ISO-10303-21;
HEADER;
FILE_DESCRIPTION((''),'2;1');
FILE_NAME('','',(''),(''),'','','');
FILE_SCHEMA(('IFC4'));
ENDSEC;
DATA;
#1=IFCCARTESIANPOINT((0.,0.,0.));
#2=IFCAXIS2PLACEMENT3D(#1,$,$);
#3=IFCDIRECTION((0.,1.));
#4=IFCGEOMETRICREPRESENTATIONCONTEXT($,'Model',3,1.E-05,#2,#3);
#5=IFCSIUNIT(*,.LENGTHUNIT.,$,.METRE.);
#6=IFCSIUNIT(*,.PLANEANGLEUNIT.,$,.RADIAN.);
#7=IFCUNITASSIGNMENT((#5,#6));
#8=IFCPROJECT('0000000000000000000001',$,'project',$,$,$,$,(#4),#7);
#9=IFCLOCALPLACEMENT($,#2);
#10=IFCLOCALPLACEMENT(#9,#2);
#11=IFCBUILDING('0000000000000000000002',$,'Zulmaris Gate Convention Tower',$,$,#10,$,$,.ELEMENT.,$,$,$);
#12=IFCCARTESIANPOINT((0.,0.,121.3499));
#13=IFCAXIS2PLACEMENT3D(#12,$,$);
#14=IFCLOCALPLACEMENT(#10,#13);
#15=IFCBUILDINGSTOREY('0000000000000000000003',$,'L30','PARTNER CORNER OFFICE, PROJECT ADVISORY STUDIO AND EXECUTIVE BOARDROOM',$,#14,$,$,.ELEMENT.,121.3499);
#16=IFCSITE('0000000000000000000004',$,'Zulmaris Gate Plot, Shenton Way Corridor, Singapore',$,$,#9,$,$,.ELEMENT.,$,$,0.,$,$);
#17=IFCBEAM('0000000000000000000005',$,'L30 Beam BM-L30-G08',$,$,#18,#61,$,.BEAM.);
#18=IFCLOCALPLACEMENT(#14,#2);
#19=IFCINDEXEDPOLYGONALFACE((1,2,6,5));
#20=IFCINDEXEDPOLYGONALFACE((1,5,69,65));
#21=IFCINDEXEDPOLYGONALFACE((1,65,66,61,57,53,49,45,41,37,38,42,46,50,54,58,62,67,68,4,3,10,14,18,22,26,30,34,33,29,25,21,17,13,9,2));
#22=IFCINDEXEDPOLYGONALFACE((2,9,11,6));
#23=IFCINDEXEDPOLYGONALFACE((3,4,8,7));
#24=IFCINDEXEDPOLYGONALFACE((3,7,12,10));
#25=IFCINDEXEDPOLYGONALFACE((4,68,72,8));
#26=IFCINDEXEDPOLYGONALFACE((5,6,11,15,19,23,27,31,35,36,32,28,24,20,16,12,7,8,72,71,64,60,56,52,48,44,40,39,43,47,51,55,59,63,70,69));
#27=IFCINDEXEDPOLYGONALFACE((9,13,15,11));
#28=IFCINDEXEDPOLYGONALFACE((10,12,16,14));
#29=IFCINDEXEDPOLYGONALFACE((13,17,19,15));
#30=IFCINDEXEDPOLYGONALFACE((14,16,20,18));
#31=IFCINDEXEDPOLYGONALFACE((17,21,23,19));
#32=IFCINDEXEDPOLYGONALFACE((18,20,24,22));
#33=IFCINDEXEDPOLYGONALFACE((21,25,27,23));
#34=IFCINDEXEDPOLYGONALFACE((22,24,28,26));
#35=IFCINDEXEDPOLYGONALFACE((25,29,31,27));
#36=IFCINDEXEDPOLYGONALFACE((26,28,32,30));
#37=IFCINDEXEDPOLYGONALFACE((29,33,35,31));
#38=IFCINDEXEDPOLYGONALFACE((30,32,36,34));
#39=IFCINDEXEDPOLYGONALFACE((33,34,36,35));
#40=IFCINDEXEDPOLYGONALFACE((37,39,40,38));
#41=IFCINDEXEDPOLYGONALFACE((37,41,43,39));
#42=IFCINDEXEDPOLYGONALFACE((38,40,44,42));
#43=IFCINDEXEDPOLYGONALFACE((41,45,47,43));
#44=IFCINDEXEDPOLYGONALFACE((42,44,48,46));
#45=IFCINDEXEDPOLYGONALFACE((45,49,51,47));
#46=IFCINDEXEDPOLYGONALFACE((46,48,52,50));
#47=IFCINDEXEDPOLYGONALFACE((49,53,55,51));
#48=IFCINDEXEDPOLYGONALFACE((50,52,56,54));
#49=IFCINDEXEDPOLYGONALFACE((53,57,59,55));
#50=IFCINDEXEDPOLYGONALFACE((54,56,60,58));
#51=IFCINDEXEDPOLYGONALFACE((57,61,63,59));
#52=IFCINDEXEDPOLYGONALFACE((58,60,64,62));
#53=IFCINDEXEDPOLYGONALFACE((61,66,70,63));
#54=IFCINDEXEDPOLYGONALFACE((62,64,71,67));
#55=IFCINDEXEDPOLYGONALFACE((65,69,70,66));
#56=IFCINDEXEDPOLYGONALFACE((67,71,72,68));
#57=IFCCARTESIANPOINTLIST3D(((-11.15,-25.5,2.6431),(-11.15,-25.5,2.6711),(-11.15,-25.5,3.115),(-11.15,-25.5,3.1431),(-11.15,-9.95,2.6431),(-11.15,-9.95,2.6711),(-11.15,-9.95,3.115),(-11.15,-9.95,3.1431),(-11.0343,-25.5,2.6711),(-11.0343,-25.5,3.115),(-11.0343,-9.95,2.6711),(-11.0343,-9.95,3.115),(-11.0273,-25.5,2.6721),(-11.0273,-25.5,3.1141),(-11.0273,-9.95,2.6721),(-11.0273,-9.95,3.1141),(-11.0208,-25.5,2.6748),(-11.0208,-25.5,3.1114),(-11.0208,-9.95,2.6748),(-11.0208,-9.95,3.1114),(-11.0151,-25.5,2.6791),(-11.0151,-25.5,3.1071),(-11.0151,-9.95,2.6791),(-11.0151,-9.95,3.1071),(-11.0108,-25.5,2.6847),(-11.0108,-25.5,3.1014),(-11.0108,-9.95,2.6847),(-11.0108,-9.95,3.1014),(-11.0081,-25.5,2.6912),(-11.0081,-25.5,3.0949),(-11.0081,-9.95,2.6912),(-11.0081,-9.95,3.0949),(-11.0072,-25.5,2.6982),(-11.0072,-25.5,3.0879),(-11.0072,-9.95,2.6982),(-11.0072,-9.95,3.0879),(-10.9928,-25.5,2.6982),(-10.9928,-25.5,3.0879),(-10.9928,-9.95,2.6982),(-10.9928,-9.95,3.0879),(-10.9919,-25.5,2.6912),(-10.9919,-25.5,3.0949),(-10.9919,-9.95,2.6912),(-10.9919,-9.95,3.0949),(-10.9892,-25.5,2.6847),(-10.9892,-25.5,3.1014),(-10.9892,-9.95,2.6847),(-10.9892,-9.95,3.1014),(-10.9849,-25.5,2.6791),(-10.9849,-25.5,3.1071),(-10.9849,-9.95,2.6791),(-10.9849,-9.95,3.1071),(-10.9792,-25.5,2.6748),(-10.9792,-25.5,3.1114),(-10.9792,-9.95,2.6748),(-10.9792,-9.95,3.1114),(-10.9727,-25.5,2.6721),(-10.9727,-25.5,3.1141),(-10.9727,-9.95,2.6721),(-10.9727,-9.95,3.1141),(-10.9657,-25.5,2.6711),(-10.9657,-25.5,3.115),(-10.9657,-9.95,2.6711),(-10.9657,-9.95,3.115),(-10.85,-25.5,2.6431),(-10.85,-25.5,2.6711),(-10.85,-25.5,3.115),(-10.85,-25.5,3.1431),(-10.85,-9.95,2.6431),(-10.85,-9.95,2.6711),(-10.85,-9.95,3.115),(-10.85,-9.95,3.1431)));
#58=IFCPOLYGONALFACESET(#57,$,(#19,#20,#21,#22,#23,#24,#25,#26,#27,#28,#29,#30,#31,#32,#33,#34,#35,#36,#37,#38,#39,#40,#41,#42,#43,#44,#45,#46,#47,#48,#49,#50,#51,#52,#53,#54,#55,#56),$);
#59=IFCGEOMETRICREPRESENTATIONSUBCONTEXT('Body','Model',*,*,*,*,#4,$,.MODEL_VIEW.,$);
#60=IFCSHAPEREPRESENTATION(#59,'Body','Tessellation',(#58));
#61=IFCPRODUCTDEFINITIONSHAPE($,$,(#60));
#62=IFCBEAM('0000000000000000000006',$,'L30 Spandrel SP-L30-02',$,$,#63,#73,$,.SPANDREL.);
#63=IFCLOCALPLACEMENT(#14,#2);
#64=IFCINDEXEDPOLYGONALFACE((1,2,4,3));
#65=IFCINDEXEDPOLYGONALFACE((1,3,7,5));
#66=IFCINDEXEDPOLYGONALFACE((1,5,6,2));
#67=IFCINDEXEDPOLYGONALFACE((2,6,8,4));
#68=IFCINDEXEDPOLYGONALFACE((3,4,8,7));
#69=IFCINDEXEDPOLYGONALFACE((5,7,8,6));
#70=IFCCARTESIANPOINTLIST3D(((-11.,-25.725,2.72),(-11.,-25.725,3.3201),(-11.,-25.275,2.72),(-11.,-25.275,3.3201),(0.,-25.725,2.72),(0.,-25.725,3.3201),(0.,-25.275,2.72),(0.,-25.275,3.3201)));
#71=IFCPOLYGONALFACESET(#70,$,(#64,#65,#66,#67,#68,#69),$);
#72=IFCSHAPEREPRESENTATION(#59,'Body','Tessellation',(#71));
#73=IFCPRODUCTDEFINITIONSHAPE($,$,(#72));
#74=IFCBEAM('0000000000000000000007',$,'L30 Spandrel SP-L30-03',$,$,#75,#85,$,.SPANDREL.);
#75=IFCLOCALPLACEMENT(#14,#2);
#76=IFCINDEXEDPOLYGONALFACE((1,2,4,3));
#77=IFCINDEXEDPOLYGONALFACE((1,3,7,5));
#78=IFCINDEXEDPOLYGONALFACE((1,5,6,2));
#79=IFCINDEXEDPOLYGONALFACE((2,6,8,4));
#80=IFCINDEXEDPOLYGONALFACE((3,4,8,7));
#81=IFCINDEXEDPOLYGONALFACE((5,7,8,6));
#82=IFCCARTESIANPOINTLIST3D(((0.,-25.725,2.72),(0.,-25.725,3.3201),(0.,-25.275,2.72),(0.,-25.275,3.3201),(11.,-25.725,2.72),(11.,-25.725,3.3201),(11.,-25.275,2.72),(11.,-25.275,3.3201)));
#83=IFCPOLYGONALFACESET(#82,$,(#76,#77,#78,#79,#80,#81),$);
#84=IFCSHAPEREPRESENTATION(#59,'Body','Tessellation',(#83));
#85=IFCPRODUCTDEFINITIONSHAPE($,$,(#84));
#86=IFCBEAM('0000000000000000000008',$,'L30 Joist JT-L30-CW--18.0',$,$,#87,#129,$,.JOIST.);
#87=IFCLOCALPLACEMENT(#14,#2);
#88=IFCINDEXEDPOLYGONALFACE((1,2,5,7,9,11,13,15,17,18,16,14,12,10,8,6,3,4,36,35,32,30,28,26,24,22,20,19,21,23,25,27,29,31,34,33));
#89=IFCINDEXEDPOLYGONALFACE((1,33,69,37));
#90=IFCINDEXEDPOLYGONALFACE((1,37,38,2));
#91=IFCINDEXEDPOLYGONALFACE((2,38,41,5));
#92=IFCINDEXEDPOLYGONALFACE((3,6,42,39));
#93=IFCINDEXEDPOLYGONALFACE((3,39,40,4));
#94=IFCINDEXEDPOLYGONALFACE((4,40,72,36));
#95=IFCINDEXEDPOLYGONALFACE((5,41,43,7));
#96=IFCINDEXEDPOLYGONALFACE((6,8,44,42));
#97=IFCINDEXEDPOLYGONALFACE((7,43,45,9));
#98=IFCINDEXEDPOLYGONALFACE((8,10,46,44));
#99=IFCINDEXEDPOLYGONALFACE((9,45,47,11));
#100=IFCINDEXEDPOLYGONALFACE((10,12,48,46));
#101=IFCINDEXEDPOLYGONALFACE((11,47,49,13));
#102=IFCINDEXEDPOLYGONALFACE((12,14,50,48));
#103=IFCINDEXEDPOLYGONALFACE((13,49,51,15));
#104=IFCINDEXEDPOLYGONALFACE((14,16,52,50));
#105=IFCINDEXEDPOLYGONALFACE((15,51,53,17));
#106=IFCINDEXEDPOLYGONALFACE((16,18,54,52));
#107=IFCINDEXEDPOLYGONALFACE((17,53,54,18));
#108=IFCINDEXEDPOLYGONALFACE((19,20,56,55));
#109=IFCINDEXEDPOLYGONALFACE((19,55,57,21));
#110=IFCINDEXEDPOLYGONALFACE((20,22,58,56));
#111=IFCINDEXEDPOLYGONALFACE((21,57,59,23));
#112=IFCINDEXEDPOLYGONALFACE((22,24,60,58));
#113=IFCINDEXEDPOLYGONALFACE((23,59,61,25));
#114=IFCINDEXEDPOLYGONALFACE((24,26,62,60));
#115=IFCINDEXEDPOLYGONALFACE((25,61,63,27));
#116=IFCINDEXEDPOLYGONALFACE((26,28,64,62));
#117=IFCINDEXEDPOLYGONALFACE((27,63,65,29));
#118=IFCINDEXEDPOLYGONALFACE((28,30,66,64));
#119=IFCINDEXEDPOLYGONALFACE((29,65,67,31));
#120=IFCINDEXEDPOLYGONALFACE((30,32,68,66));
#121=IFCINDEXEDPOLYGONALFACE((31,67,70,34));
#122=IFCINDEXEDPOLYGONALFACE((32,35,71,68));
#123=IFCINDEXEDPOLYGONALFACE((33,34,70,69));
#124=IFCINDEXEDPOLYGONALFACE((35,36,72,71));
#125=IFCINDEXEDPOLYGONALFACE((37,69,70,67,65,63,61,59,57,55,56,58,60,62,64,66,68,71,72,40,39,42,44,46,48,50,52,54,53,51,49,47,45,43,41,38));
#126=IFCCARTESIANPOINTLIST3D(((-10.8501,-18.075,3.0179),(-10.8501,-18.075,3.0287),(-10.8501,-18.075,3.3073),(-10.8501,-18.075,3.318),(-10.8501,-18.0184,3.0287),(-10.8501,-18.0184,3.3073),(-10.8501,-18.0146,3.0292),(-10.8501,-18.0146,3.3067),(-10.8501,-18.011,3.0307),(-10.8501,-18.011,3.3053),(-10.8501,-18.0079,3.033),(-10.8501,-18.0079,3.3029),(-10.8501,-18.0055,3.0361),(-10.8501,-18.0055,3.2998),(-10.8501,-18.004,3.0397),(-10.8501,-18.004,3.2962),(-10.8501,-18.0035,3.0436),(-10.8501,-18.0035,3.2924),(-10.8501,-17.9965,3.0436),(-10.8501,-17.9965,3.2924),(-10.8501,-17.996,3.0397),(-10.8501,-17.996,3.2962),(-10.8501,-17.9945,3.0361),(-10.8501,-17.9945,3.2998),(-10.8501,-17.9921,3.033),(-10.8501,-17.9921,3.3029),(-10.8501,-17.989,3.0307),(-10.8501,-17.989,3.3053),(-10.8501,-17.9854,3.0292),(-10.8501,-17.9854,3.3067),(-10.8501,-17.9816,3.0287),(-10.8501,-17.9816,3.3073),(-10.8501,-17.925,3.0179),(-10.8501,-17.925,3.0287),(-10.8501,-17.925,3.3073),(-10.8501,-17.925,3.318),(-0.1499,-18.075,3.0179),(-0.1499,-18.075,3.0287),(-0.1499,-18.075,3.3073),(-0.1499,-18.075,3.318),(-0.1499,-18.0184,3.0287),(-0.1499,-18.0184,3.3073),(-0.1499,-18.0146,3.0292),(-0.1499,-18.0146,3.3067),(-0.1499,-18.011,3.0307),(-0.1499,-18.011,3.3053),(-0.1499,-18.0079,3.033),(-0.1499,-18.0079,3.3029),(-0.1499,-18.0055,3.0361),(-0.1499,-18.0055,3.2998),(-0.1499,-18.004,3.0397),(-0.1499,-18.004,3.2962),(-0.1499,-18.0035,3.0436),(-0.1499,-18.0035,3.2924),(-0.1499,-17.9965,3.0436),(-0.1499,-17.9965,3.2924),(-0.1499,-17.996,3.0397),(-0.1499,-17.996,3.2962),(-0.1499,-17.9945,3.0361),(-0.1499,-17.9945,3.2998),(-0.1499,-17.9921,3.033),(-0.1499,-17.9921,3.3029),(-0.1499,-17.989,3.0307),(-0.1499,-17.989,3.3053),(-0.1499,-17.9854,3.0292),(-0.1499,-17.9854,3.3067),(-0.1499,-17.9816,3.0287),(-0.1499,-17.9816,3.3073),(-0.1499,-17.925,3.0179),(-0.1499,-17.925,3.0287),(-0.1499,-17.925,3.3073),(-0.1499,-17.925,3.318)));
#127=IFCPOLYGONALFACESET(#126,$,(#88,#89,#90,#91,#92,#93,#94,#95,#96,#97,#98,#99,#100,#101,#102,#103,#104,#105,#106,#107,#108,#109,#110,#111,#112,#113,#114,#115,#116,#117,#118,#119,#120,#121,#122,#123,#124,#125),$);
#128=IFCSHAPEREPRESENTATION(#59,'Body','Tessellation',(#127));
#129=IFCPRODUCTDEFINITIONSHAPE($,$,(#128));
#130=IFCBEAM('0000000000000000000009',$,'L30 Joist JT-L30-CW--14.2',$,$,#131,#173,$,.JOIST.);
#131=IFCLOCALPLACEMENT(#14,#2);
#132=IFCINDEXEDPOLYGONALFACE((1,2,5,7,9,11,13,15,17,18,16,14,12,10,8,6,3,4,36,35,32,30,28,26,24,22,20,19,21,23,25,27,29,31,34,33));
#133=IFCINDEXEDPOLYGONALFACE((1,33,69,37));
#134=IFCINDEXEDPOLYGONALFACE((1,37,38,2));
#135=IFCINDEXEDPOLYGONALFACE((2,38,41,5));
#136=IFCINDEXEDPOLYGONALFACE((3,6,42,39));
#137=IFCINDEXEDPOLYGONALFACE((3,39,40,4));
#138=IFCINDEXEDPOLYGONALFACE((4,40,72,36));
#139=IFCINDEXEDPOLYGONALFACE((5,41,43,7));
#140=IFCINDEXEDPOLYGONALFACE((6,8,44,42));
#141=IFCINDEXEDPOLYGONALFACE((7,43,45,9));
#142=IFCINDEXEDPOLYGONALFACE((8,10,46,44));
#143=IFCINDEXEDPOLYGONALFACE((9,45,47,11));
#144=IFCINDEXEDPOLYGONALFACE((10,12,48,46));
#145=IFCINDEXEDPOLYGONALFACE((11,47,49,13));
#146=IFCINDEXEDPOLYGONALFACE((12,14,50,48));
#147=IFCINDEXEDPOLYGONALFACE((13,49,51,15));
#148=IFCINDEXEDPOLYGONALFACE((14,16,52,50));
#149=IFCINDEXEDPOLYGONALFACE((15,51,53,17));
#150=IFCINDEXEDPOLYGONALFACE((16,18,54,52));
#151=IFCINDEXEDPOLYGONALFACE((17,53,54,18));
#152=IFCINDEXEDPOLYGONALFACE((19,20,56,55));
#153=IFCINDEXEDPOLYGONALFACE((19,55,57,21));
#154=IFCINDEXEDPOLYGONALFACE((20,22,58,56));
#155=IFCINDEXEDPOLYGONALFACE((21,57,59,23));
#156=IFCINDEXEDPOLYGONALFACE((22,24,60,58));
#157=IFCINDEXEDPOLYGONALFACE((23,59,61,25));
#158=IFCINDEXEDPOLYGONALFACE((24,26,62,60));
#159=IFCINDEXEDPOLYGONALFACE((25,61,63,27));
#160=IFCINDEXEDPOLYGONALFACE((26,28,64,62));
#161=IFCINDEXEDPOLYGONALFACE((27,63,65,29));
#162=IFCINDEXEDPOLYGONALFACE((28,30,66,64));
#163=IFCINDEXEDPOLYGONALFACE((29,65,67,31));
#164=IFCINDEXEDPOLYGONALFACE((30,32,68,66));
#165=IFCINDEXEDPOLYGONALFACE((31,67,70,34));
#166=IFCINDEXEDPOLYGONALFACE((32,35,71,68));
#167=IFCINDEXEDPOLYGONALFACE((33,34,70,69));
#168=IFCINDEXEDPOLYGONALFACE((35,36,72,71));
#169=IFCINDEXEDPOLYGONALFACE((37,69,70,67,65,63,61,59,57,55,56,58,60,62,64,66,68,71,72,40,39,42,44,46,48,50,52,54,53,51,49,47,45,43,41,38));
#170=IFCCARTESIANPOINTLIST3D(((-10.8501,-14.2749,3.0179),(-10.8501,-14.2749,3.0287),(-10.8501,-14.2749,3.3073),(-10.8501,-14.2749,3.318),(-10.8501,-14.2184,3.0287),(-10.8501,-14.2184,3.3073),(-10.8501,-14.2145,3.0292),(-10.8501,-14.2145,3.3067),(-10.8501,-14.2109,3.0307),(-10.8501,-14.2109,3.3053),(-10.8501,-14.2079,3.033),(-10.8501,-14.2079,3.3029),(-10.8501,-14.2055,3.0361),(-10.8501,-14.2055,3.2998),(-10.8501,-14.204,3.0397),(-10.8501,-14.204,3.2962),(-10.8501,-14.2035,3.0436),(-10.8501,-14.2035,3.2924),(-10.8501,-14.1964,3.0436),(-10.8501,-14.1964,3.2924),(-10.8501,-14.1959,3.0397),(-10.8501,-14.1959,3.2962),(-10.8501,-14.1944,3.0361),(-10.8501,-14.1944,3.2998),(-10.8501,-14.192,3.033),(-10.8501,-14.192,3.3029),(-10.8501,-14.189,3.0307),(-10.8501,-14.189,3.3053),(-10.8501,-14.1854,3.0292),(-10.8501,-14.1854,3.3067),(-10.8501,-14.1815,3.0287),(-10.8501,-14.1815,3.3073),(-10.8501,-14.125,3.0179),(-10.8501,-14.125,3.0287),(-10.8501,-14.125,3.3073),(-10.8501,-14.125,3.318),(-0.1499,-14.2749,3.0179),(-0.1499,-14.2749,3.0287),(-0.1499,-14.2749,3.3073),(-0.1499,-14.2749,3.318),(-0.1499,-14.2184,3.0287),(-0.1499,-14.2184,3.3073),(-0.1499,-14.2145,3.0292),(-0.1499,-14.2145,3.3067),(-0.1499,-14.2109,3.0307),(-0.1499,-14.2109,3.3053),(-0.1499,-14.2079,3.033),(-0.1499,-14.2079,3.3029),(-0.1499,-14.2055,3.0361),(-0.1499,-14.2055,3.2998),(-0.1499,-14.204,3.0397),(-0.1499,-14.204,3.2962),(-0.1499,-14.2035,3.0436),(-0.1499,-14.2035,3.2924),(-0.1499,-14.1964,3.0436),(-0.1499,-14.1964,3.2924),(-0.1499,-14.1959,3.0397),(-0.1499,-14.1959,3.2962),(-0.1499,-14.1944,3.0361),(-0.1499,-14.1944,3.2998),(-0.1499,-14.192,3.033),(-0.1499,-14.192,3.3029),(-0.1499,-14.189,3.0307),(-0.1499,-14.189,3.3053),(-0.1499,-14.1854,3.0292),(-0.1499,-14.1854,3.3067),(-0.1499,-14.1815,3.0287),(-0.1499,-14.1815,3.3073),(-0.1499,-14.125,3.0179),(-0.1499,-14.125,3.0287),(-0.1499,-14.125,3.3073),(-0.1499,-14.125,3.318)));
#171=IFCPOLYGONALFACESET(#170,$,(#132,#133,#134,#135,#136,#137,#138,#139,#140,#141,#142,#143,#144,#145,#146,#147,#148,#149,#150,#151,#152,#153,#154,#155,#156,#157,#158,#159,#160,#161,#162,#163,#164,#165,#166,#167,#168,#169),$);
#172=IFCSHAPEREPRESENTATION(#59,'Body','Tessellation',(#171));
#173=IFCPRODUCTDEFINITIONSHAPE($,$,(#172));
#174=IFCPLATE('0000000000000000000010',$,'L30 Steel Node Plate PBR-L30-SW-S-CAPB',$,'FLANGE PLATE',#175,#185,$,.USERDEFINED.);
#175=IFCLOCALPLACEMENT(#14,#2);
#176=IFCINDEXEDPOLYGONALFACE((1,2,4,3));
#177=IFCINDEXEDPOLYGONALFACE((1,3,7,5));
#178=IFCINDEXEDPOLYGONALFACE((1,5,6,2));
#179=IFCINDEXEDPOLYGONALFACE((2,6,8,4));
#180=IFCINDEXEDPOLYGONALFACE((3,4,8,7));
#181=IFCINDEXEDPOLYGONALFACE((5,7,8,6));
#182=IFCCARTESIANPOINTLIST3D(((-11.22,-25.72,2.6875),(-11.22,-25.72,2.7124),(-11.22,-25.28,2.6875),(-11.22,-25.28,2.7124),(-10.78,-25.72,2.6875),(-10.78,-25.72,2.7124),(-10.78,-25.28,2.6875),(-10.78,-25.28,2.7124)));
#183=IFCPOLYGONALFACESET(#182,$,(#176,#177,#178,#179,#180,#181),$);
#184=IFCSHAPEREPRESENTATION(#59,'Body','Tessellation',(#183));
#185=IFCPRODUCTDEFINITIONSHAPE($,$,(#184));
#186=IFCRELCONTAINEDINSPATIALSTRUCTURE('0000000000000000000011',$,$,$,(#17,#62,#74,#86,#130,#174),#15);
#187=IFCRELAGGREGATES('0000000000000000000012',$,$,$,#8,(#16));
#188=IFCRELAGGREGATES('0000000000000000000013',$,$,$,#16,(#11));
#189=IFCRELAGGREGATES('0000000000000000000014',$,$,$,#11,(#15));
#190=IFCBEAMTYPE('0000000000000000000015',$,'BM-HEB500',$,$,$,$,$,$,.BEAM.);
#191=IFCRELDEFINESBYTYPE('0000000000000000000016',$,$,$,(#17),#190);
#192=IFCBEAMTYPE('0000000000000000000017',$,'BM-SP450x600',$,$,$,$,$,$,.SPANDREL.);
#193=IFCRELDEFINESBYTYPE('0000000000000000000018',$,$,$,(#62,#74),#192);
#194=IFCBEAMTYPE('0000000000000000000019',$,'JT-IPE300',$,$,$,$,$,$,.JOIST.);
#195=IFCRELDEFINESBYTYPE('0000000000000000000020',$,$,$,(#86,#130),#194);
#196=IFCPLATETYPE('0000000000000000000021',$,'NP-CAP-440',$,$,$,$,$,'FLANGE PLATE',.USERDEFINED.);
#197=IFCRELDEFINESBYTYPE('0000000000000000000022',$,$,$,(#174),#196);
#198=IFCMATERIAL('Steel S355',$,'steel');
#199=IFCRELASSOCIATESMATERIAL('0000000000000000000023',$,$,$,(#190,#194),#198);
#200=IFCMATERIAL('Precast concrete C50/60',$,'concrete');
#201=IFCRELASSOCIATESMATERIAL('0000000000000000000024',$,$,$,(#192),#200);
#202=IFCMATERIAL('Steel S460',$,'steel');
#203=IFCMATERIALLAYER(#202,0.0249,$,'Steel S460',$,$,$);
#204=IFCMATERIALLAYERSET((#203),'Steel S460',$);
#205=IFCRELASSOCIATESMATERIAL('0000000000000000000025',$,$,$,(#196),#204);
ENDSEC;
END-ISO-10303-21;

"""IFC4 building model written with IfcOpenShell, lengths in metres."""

from ifc_helpers import new_model, si_unit, direction, frame, origin, origin_2d, place, context, subcontext, project, spatial, rectangle, i_section, extrude, material, layer, layer_set, material_profile, profile_set, type_object, element, save


model = new_model("IFC4")

# Units and contexts
model_context = context("Model", 3, precision=1e-05, world=origin(), true_north=direction((0.0, 1.0)))
body_context = subcontext(model_context, "Body", "Model", "MODEL_VIEW")
ifc_project = project(units=[si_unit("LENGTHUNIT", "METRE"), si_unit("PLANEANGLEUNIT", "RADIAN")], contexts=[model_context])

# Site, building, storey
site_placement = place(None, origin())
site = spatial("IfcSite", under=ifc_project, at=site_placement, Name="Zulmaris Gate Plot, Shenton Way Corridor, Singapore", CompositionType="ELEMENT", RefElevation=0.0)
building_placement = place(site_placement, origin())
building = spatial("IfcBuilding", under=site, at=building_placement, Name="Zulmaris Gate Convention Tower", CompositionType="ELEMENT")
storey_placement = place(building_placement, frame((0.0, 0.0, 121.3499)))
storey = spatial("IfcBuildingStorey", under=building, at=storey_placement, Name="L30", Description="PARTNER CORNER OFFICE, PROJECT ADVISORY STUDIO AND EXECUTIVE BOARDROOM", CompositionType="ELEMENT", Elevation=121.3499)

# Beams
ifc_material_1 = material(Name="Steel S355", Category="steel")
ifc_material_profile_1 = material_profile(ifc_material_1, i_section(OverallWidth=0.3, OverallDepth=0.5, WebThickness=0.0144, FlangeThickness=0.0281, FilletRadius=0.0271, at=origin_2d()), Name="HEB 500")
ifc_profile_set_1 = profile_set([ifc_material_profile_1], Name="Steel S355")
beam_type_1 = type_object("IfcBeamType", Name="BM-HEB500", PredefinedType="BEAM", material=ifc_profile_set_1)
beam_1_placement = place(storey_placement, frame((-11.0, -25.5, 2.8931), z_axis=(0.0, 1.0, 0.0), x_axis=(-1.0, 0.0, 0.0)))
element("IfcBeam", 1, at=beam_1_placement, inside=storey, type_object=beam_type_1, Name="L30 Beam BM-L30-G08", PredefinedType="BEAM", context=body_context, shape_type="SweptSolid", body=[
    extrude(i_section(OverallWidth=0.3, OverallDepth=0.5, WebThickness=0.0144, FlangeThickness=0.0281, FilletRadius=0.0271, at=origin_2d()), origin(), (0.0, 0.0, 1.0), 15.55),
])
ifc_material_2 = material(Name="Precast concrete C50/60", Category="concrete")
ifc_material_profile_2 = material_profile(ifc_material_2, rectangle(XDim=0.45, YDim=0.6001, at=origin_2d()), Name="RC SPANDREL 450x600")
ifc_profile_set_2 = profile_set([ifc_material_profile_2], Name="Precast concrete C50/60")
beam_type_2 = type_object("IfcBeamType", Name="BM-SP450x600", PredefinedType="SPANDREL", material=ifc_profile_set_2)
for number, where, z_axis, x_axis, name in (
    (2, (-11.0, -25.5, 3.02), (1.0, 0.0, 0.0), (0.0, 1.0, 0.0), "L30 Spandrel SP-L30-02"),
    (3, (0.0, -25.5, 3.02), (1.0, 0.0, 0.0), (0.0, 1.0, 0.0), "L30 Spandrel SP-L30-03"),
):
    element("IfcBeam", number, at=place(storey_placement, frame(where, z_axis=z_axis, x_axis=x_axis)), inside=storey, type_object=beam_type_2, Name=name, PredefinedType="SPANDREL", context=body_context, shape_type="SweptSolid", body=[
        extrude(rectangle(XDim=0.45, YDim=0.6001, at=origin_2d()), origin(), (0.0, 0.0, 1.0), 11.0),
    ])
ifc_material_profile_3 = material_profile(ifc_material_1, i_section(OverallWidth=0.1499, OverallDepth=0.3, WebThickness=0.0071, FlangeThickness=0.0107, FilletRadius=0.0149, at=origin_2d()), Name="IPE 300")
ifc_profile_set_3 = profile_set([ifc_material_profile_3], Name="Steel S355")
beam_type_3 = type_object("IfcBeamType", Name="JT-IPE300", PredefinedType="JOIST", material=ifc_profile_set_3)
for number, where, z_axis, x_axis, name in (
    (4, (-10.8501, -18.0, 3.168), (1.0, 0.0, 0.0), (0.0, 1.0, 0.0), "L30 Joist JT-L30-CW--18.0"),
    (5, (-10.8501, -14.2, 3.168), (1.0, 0.0, 0.0), (0.0, 1.0, 0.0), "L30 Joist JT-L30-CW--14.2"),
):
    element("IfcBeam", number, at=place(storey_placement, frame(where, z_axis=z_axis, x_axis=x_axis)), inside=storey, type_object=beam_type_3, Name=name, PredefinedType="JOIST", context=body_context, shape_type="SweptSolid", body=[
        extrude(i_section(OverallWidth=0.1499, OverallDepth=0.3, WebThickness=0.0071, FlangeThickness=0.0107, FilletRadius=0.0149, at=origin_2d()), origin(), (0.0, 0.0, 1.0), 10.7002),
    ])

# Plate
ifc_material_3 = material(Name="Steel S460", Category="steel")
ifc_layer_1 = layer(ifc_material_3, 0.0249, Name="Steel S460")
ifc_layer_set_1 = layer_set([ifc_layer_1], Name="Steel S460")
plate_type = type_object("IfcPlateType", Name="NP-CAP-440", ElementType="FLANGE PLATE", PredefinedType="USERDEFINED", material=ifc_layer_set_1)
plate_placement = place(storey_placement, frame((-11.0, -25.5, 2.6875), z_axis=(0.0, 0.0, 1.0), x_axis=(1.0, 0.0, 0.0)))
element("IfcPlate", 6, at=plate_placement, inside=storey, type_object=plate_type, Name="L30 Steel Node Plate PBR-L30-SW-S-CAPB", ObjectType="FLANGE PLATE", PredefinedType="USERDEFINED", context=body_context, shape_type="SweptSolid", body=[
    extrude(rectangle(XDim=0.4399, YDim=0.4399, at=origin_2d()), origin(), (0.0, 0.0, 1.0), 0.0249),
])

save(model, "model.ifc")
